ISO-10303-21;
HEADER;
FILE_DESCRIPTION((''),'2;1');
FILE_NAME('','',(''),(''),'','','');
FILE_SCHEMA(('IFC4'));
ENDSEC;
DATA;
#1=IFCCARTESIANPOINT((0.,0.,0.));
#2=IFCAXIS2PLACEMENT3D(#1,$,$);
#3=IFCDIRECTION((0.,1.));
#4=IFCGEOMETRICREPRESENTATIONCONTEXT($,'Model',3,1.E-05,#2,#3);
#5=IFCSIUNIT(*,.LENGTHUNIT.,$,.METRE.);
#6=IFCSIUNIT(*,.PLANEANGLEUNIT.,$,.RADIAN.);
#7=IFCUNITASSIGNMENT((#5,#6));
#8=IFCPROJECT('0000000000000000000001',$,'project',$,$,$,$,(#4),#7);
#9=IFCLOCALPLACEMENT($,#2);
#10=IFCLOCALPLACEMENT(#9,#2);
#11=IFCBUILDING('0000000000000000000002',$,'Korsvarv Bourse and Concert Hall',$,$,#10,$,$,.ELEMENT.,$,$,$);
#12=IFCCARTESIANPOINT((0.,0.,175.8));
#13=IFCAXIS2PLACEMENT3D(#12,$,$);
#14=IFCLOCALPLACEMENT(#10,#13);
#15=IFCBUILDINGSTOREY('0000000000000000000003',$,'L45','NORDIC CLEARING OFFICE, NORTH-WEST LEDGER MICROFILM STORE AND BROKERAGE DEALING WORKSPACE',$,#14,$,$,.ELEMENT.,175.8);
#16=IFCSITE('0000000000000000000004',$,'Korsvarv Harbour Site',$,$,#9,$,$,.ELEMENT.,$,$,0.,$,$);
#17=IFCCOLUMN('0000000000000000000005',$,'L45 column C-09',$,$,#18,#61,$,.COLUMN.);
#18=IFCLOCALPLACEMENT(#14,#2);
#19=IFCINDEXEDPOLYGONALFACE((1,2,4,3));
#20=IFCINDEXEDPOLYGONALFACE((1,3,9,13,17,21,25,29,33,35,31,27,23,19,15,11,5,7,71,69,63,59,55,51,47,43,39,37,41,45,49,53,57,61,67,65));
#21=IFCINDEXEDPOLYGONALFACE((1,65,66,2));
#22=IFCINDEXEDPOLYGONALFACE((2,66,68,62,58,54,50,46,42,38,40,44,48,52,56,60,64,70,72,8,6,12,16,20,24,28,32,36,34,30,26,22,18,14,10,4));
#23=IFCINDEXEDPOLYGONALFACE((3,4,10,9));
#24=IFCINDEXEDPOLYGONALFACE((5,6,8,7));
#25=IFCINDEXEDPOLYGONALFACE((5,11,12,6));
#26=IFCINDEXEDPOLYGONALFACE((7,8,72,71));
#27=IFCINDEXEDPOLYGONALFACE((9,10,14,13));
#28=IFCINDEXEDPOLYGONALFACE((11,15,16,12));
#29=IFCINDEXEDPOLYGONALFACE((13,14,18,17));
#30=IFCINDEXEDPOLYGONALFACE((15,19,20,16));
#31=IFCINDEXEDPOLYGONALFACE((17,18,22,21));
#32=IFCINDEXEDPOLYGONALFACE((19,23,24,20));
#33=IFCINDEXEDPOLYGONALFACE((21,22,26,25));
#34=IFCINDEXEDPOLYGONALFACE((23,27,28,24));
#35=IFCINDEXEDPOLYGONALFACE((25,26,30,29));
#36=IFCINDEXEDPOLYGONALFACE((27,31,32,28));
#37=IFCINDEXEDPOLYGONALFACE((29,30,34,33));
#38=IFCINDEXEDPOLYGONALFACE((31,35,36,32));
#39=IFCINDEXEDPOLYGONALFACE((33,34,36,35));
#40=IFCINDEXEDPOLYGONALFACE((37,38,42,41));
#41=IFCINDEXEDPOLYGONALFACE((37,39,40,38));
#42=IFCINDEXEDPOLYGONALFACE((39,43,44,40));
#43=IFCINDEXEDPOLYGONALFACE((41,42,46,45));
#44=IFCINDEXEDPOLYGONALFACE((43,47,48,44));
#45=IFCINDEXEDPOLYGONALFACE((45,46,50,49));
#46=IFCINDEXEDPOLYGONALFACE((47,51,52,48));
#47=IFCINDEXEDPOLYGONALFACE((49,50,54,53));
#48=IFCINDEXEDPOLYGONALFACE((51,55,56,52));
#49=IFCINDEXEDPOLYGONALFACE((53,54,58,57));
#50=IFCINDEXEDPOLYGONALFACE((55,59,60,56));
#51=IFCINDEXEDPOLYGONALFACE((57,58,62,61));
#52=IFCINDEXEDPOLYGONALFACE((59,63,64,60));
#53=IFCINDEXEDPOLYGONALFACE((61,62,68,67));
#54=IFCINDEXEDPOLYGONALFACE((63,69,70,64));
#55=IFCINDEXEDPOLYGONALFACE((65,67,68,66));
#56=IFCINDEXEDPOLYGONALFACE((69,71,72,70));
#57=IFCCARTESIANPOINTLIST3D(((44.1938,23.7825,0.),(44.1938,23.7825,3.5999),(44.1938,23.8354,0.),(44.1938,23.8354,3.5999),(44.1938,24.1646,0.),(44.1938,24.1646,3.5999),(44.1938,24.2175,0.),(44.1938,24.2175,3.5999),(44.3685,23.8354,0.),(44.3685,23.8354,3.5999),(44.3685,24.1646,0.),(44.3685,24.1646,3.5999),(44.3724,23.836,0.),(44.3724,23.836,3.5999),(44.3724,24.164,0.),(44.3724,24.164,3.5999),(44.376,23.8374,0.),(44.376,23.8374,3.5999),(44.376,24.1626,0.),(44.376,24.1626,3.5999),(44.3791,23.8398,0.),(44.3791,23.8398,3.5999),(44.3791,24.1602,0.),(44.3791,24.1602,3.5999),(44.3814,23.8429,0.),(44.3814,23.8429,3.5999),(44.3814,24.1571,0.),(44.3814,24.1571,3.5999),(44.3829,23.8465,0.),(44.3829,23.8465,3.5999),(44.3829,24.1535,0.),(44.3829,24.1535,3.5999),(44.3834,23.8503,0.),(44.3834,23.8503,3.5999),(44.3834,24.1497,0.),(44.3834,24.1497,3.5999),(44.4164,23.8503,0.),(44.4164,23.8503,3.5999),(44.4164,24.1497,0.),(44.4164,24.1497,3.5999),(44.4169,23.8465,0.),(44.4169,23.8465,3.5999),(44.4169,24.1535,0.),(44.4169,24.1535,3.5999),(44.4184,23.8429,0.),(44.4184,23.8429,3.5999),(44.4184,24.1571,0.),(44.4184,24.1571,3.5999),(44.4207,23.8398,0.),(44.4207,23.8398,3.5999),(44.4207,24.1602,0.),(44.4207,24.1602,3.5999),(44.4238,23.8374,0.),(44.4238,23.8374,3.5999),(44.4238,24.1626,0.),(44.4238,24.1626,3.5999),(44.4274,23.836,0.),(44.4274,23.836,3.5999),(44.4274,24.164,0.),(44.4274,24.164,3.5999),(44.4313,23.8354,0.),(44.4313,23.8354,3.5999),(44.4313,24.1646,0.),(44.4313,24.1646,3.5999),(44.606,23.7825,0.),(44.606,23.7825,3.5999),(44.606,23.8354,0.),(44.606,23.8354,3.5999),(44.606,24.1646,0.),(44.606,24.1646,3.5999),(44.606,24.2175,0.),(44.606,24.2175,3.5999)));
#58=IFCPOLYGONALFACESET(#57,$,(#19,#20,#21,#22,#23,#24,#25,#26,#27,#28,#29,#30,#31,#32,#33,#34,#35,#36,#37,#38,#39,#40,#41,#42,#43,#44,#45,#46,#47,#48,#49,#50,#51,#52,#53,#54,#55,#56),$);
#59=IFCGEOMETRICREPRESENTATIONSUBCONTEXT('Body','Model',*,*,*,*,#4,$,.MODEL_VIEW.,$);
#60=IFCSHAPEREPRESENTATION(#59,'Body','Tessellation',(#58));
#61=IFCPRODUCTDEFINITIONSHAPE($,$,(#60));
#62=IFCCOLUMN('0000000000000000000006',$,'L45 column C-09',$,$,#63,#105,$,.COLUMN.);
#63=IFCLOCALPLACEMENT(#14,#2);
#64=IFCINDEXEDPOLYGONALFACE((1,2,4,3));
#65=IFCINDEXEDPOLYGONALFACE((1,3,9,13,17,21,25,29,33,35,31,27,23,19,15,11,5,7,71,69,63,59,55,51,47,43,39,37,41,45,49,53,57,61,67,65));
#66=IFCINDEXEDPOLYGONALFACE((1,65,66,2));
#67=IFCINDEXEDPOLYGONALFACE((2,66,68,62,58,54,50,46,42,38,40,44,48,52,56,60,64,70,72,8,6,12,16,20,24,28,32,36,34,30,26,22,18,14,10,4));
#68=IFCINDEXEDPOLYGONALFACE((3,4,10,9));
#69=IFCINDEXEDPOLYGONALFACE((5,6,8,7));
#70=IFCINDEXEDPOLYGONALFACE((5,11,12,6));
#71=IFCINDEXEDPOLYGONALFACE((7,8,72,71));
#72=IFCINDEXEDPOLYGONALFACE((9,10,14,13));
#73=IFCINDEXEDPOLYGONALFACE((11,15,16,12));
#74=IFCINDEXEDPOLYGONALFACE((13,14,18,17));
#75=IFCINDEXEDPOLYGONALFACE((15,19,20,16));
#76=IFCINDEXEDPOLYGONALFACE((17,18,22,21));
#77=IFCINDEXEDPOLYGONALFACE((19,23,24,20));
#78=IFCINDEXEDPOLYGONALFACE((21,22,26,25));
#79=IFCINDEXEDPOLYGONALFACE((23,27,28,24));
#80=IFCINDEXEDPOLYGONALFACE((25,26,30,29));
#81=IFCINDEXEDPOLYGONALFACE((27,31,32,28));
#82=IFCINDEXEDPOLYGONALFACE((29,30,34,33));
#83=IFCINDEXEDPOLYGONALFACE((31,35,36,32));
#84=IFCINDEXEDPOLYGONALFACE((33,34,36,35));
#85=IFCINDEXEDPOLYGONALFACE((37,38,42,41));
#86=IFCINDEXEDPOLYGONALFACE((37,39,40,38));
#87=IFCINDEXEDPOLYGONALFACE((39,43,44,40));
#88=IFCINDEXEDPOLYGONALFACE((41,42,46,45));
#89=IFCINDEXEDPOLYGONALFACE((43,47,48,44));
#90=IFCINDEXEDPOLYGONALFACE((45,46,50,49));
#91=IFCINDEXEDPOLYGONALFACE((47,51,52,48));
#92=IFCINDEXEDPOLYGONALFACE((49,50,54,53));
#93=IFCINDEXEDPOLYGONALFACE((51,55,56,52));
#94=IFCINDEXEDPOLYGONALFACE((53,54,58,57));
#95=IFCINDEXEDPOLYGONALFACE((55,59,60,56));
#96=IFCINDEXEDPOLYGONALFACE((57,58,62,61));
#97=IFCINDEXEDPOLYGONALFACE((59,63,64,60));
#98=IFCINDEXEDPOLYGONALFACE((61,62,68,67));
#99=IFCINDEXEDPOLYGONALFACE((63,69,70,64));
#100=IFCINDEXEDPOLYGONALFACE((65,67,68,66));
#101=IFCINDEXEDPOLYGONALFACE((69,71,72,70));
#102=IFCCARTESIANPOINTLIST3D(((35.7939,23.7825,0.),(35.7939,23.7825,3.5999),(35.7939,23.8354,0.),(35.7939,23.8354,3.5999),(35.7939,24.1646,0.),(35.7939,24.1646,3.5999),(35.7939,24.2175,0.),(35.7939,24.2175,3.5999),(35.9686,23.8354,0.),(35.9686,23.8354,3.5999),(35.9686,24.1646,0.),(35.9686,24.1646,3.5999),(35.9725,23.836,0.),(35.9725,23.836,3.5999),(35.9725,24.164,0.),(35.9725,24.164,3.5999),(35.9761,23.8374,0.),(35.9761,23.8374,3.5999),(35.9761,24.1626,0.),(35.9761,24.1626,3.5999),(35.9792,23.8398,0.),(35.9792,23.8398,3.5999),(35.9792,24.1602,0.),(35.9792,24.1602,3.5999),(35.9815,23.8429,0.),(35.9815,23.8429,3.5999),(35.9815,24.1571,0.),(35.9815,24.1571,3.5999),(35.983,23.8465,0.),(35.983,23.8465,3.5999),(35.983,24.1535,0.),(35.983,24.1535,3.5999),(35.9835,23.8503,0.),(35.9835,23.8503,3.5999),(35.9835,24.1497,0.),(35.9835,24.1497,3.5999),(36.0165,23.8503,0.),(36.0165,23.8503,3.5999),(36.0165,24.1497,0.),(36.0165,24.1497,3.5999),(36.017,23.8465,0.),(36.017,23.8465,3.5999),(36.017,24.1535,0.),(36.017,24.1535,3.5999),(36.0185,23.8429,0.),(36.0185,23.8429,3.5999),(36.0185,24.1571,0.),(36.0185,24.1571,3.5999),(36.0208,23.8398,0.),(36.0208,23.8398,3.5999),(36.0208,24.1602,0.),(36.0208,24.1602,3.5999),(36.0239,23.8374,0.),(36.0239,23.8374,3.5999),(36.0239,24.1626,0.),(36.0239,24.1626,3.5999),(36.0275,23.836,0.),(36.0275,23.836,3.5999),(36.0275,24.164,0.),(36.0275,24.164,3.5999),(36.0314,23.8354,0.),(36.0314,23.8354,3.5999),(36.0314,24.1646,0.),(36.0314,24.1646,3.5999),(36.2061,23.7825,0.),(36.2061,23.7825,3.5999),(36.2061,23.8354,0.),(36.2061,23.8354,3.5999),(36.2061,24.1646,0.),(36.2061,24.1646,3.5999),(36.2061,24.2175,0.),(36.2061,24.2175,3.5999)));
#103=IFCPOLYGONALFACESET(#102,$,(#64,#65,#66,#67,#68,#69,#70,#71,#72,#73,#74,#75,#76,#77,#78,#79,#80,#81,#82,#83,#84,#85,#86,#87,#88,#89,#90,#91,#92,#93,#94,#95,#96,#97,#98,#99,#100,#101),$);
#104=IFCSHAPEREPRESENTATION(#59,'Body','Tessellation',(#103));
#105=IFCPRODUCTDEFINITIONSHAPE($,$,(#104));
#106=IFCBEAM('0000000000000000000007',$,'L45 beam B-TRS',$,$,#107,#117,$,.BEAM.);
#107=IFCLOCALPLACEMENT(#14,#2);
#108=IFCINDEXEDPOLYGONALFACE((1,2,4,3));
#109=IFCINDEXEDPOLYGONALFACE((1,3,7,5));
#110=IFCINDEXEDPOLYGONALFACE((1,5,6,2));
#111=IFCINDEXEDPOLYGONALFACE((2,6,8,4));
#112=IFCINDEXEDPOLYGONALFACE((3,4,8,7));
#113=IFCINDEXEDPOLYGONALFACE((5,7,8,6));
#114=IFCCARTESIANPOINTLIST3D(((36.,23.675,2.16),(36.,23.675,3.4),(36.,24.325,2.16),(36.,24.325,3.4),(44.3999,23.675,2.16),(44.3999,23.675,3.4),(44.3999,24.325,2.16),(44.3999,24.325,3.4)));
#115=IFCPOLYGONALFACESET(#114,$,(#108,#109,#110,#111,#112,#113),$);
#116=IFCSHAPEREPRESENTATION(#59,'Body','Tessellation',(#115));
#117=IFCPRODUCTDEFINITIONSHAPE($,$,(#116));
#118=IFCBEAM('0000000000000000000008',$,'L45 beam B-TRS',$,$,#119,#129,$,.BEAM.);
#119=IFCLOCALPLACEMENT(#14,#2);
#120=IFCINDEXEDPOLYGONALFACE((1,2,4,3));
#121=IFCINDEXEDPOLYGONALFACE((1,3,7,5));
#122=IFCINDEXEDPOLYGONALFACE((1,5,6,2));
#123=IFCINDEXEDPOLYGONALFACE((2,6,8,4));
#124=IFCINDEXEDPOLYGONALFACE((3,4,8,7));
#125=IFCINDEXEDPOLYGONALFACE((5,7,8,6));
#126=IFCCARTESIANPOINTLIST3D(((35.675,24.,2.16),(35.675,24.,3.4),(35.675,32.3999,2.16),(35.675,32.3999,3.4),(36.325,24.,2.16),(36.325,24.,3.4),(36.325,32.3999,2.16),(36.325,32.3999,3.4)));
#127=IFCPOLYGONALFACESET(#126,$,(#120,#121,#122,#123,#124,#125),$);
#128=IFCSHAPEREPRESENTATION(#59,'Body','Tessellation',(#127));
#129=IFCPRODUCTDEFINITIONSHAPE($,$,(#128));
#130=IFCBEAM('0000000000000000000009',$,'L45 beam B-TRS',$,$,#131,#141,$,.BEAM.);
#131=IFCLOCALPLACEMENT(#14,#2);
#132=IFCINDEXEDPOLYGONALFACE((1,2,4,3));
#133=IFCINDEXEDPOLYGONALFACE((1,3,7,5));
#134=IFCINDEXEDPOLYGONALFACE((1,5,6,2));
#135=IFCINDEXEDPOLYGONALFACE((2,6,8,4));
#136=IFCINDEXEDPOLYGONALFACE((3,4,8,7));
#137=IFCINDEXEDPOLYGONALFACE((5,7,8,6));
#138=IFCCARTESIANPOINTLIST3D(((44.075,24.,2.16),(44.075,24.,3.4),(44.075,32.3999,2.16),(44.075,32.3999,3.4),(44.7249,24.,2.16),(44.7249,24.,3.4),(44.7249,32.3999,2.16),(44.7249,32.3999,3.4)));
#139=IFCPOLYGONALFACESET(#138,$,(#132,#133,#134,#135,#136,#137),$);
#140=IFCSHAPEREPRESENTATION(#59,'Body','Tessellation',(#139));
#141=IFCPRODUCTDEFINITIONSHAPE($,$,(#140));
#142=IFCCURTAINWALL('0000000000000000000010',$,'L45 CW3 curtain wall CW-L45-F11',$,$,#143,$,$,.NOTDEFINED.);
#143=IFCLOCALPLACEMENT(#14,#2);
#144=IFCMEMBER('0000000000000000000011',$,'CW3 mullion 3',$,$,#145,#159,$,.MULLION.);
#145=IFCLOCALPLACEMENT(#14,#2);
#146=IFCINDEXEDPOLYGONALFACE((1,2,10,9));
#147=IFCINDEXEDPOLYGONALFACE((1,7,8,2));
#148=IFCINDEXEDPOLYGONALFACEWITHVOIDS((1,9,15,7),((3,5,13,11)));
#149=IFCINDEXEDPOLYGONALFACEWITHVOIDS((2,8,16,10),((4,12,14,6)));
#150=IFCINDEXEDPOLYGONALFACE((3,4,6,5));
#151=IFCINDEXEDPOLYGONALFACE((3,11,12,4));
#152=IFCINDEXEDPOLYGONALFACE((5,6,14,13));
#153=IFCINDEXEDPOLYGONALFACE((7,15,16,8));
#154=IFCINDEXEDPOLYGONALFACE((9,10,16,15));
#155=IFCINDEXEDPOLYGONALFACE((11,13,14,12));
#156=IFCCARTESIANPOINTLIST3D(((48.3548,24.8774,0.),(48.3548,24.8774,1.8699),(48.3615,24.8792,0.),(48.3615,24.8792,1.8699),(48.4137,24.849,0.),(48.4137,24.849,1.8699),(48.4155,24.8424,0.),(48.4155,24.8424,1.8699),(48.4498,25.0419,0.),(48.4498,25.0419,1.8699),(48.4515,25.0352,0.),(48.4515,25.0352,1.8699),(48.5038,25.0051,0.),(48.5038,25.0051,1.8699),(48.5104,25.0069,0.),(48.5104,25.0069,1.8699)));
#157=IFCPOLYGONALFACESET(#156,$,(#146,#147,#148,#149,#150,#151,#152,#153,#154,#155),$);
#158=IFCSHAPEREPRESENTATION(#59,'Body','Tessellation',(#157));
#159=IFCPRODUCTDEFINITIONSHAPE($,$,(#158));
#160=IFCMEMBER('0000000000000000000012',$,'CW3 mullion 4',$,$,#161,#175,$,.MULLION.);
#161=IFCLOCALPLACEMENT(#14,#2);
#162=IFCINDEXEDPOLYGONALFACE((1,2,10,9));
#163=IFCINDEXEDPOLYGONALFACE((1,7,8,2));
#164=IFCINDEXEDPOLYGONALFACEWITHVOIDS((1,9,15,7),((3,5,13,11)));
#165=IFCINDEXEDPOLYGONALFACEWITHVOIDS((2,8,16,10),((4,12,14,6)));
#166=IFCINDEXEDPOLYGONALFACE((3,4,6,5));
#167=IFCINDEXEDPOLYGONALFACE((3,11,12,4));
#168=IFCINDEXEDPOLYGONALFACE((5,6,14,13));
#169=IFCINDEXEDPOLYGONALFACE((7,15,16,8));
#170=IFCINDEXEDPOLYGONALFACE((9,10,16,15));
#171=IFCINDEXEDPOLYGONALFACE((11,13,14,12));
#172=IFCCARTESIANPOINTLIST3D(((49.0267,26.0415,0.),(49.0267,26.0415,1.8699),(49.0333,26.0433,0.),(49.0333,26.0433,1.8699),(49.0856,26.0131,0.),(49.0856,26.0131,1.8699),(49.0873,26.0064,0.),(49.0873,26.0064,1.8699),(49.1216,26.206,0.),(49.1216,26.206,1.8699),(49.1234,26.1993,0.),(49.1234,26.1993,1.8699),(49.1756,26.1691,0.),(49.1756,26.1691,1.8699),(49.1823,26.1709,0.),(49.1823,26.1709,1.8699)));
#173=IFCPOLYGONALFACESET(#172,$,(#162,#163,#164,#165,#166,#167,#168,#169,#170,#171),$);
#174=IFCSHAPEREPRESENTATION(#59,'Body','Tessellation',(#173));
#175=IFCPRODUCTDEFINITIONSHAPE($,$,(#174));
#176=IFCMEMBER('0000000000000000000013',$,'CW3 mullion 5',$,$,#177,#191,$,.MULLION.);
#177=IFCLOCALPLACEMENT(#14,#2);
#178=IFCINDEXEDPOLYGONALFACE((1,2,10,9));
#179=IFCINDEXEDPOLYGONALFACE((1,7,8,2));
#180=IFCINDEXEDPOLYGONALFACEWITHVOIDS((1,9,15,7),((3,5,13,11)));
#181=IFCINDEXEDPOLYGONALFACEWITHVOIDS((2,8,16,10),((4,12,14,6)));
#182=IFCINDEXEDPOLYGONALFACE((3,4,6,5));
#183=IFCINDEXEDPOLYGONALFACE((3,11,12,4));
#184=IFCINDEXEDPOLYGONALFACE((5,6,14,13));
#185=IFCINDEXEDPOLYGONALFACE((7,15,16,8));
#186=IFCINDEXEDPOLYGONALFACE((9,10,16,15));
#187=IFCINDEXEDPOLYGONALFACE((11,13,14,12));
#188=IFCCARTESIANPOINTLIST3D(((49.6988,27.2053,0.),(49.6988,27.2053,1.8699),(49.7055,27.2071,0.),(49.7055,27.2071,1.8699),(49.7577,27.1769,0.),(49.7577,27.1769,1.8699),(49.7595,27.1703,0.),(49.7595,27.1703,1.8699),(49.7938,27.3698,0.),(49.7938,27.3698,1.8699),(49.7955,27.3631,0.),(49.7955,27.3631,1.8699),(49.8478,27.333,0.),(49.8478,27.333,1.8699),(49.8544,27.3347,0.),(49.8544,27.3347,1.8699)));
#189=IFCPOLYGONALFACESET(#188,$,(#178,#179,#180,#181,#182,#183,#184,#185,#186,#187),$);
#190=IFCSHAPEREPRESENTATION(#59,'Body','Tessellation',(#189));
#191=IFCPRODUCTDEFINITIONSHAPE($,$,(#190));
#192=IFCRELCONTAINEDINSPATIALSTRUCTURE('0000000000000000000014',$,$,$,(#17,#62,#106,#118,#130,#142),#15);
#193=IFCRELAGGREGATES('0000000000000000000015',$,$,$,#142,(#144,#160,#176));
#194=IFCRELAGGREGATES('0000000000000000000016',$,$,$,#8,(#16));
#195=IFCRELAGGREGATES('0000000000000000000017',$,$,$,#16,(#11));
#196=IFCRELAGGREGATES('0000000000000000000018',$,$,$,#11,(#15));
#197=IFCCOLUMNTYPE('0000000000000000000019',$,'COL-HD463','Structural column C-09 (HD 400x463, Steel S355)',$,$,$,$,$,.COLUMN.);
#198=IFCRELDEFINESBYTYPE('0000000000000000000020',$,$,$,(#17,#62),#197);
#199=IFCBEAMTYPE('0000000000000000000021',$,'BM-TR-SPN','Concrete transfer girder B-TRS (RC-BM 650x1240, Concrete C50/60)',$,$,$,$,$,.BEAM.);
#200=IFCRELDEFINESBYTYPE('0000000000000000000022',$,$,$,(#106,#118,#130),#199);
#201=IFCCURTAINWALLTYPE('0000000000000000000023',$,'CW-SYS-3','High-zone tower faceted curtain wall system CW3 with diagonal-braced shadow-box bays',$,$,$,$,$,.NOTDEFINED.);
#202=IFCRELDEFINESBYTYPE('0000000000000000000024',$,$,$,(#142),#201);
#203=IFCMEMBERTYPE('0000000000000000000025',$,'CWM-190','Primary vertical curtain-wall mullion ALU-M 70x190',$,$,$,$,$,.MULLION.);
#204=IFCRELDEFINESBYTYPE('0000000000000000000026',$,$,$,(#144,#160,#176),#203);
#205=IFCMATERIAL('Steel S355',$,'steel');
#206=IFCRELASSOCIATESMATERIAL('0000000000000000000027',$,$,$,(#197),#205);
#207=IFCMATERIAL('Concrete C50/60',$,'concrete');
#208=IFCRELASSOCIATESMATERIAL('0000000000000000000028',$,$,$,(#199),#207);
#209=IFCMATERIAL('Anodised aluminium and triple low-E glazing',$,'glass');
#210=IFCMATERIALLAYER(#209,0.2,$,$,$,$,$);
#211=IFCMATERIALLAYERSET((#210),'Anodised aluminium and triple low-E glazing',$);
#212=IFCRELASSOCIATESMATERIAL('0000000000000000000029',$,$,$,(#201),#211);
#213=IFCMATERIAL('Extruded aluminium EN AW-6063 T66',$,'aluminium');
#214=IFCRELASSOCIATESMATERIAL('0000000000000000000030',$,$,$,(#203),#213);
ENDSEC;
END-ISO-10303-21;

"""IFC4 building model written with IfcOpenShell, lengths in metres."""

from ifc_helpers import new_model, si_unit, direction, frame, origin, origin_2d, place, context, subcontext, project, spatial, rectangle, hollow_rectangle, i_section, extrude, source, transform, mapped, material, layer, layer_set, material_profile, profile_set, type_object, element, aggregate, save


model = new_model("IFC4")

# Units and contexts
model_context = context("Model", 3, precision=1e-05, world=origin(), true_north=direction((0.0, 1.0)))
body_context = subcontext(model_context, "Body", "Model", "MODEL_VIEW")
ifc_project = project(units=[si_unit("LENGTHUNIT", "METRE"), si_unit("PLANEANGLEUNIT", "RADIAN")], contexts=[model_context])

# Site, building, storey
site_placement = place(None, origin())
site = spatial("IfcSite", under=ifc_project, at=site_placement, Name="Korsvarv Harbour Site", CompositionType="ELEMENT", RefElevation=0.0)
building_placement = place(site_placement, origin())
building = spatial("IfcBuilding", under=site, at=building_placement, Name="Korsvarv Bourse and Concert Hall", CompositionType="ELEMENT")
storey_placement = place(building_placement, frame((0.0, 0.0, 175.8)))
storey = spatial("IfcBuildingStorey", under=building, at=storey_placement, Name="L45", Description="NORDIC CLEARING OFFICE, NORTH-WEST LEDGER MICROFILM STORE AND BROKERAGE DEALING WORKSPACE", CompositionType="ELEMENT", Elevation=175.8)

# Columns
ifc_material_1 = material(Name="Steel S355", Category="steel")
ifc_material_profile_1 = material_profile(ifc_material_1, i_section(OverallWidth=0.4121, OverallDepth=0.4351, WebThickness=0.033, FlangeThickness=0.053, FilletRadius=0.0149, at=origin_2d()), Name="HD 400x463")
ifc_profile_set_1 = profile_set([ifc_material_profile_1], Name="Steel S355")
column_type = type_object("IfcColumnType", Name="COL-HD463", Description="Structural column C-09 (HD 400x463, Steel S355)", PredefinedType="COLUMN", material=ifc_profile_set_1)
shared_shape_1 = source(origin(), body_context, "Body", "SweptSolid", [
    extrude(i_section(OverallWidth=0.4121, OverallDepth=0.4351, WebThickness=0.033, FlangeThickness=0.053, FilletRadius=0.0149, at=origin_2d()), origin(), (0.0, 0.0, 1.0), 3.5999),
])
for number, where, z_axis, x_axis, name in (
    (1, (44.3999, 24.0, 0.0), (0.0, 0.0, 1.0), (1.0, 0.0, 0.0), "L45 column C-09"),
    (2, (36.0, 24.0, 0.0), (0.0, 0.0, 1.0), (1.0, 0.0, 0.0), "L45 column C-09"),
):
    element("IfcColumn", number, at=place(storey_placement, frame(where, z_axis=z_axis, x_axis=x_axis)), inside=storey, type_object=column_type, Name=name, PredefinedType="COLUMN", context=body_context, shape_type="MappedRepresentation", body=[
        mapped(shared_shape_1, transform((0.0, 0.0, 0.0), scale=1.0)),
    ])

# Beams
ifc_material_2 = material(Name="Concrete C50/60", Category="concrete")
ifc_material_profile_2 = material_profile(ifc_material_2, rectangle(XDim=0.6499, YDim=1.24, at=origin_2d()), Name="RC-BM 650x1240")
ifc_profile_set_2 = profile_set([ifc_material_profile_2], Name="Concrete C50/60")
beam_type = type_object("IfcBeamType", Name="BM-TR-SPN", Description="Concrete transfer girder B-TRS (RC-BM 650x1240, Concrete C50/60)", PredefinedType="BEAM", material=ifc_profile_set_2)
shared_shape_2 = source(origin(), body_context, "Body", "SweptSolid", [
    extrude(rectangle(XDim=0.6499, YDim=1.24, at=origin_2d()), origin(), (0.0, 0.0, 1.0), 8.3999),
])
for number, where, z_axis, x_axis, name in (
    (3, (36.0, 24.0, 2.78), (1.0, 0.0, 0.0), (0.0, 1.0, 0.0), "L45 beam B-TRS"),
    (4, (36.0, 24.0, 2.78), (0.0, 1.0, 0.0), (-1.0, 0.0, 0.0), "L45 beam B-TRS"),
    (5, (44.3999, 24.0, 2.78), (0.0, 1.0, 0.0), (-1.0, 0.0, 0.0), "L45 beam B-TRS"),
):
    element("IfcBeam", number, at=place(storey_placement, frame(where, z_axis=z_axis, x_axis=x_axis)), inside=storey, type_object=beam_type, Name=name, PredefinedType="BEAM", context=body_context, shape_type="MappedRepresentation", body=[
        mapped(shared_shape_2, transform((0.0, 0.0, 0.0), scale=1.0)),
    ])

# Curtain wall, members
ifc_material_3 = material(Name="Anodised aluminium and triple low-E glazing", Category="glass")
ifc_layer_1 = layer(ifc_material_3, 0.2)
ifc_layer_set_1 = layer_set([ifc_layer_1], Name="Anodised aluminium and triple low-E glazing")
curtain_wall_type = type_object("IfcCurtainWallType", Name="CW-SYS-3", Description="High-zone tower faceted curtain wall system CW3 with diagonal-braced shadow-box bays", PredefinedType="NOTDEFINED", material=ifc_layer_set_1)
curtain_wall_placement = place(storey_placement, origin())
curtain_wall = element("IfcCurtainWall", 6, at=curtain_wall_placement, inside=storey, type_object=curtain_wall_type, Name="L45 CW3 curtain wall CW-L45-F11", PredefinedType="NOTDEFINED")
ifc_material_4 = material(Name="Extruded aluminium EN AW-6063 T66", Category="aluminium")
ifc_material_profile_3 = material_profile(ifc_material_4, hollow_rectangle(XDim=0.0701, YDim=0.1899, WallThickness=0.0049, at=origin_2d()), Name="ALU-M 70x190")
ifc_profile_set_3 = profile_set([ifc_material_profile_3], Name="Extruded aluminium EN AW-6063 T66")
member_type_1 = type_object("IfcMemberType", Name="CWM-190", Description="Primary vertical curtain-wall mullion ALU-M 70x190", PredefinedType="MULLION", material=ifc_profile_set_3)
shared_shape_3 = source(origin(), body_context, "Body", "SweptSolid", [
    extrude(hollow_rectangle(XDim=0.0701, YDim=0.1899, WallThickness=0.0049, at=origin_2d()), origin(), (0.0, 0.0, 1.0), 1.8699),
])
member_1_placement = place(storey_placement, frame((48.4326, 24.9421, 0.0), z_axis=(0.0, 0.0, 1.0), x_axis=(-0.866029, 0.499994, 0.0)))
member_1 = element("IfcMember", 7, at=member_1_placement, type_object=member_type_1, Name="CW3 mullion 3", PredefinedType="MULLION", context=body_context, shape_type="MappedRepresentation", body=[
    mapped(shared_shape_3, transform((0.0, 0.0, 0.0), scale=1.0)),
])
member_2_placement = place(storey_placement, frame((49.1045, 26.1062, 0.0), z_axis=(0.0, 0.0, 1.0), x_axis=(-0.866029, 0.499994, 0.0)))
member_2 = element("IfcMember", 8, at=member_2_placement, type_object=member_type_1, Name="CW3 mullion 4", PredefinedType="MULLION", context=body_context, shape_type="MappedRepresentation", body=[
    mapped(shared_shape_3, transform((0.0, 0.0, 0.0), scale=1.0)),
])
member_3_placement = place(storey_placement, frame((49.7766, 27.27, 0.0), z_axis=(0.0, 0.0, 1.0), x_axis=(-0.866029, 0.499994, 0.0)))
member_3 = element("IfcMember", 9, at=member_3_placement, type_object=member_type_1, Name="CW3 mullion 5", PredefinedType="MULLION", context=body_context, shape_type="MappedRepresentation", body=[
    mapped(shared_shape_3, transform((0.0, 0.0, 0.0), scale=1.0)),
])
aggregate(curtain_wall, [member_1, member_2, member_3])

save(model, "model.ifc")
